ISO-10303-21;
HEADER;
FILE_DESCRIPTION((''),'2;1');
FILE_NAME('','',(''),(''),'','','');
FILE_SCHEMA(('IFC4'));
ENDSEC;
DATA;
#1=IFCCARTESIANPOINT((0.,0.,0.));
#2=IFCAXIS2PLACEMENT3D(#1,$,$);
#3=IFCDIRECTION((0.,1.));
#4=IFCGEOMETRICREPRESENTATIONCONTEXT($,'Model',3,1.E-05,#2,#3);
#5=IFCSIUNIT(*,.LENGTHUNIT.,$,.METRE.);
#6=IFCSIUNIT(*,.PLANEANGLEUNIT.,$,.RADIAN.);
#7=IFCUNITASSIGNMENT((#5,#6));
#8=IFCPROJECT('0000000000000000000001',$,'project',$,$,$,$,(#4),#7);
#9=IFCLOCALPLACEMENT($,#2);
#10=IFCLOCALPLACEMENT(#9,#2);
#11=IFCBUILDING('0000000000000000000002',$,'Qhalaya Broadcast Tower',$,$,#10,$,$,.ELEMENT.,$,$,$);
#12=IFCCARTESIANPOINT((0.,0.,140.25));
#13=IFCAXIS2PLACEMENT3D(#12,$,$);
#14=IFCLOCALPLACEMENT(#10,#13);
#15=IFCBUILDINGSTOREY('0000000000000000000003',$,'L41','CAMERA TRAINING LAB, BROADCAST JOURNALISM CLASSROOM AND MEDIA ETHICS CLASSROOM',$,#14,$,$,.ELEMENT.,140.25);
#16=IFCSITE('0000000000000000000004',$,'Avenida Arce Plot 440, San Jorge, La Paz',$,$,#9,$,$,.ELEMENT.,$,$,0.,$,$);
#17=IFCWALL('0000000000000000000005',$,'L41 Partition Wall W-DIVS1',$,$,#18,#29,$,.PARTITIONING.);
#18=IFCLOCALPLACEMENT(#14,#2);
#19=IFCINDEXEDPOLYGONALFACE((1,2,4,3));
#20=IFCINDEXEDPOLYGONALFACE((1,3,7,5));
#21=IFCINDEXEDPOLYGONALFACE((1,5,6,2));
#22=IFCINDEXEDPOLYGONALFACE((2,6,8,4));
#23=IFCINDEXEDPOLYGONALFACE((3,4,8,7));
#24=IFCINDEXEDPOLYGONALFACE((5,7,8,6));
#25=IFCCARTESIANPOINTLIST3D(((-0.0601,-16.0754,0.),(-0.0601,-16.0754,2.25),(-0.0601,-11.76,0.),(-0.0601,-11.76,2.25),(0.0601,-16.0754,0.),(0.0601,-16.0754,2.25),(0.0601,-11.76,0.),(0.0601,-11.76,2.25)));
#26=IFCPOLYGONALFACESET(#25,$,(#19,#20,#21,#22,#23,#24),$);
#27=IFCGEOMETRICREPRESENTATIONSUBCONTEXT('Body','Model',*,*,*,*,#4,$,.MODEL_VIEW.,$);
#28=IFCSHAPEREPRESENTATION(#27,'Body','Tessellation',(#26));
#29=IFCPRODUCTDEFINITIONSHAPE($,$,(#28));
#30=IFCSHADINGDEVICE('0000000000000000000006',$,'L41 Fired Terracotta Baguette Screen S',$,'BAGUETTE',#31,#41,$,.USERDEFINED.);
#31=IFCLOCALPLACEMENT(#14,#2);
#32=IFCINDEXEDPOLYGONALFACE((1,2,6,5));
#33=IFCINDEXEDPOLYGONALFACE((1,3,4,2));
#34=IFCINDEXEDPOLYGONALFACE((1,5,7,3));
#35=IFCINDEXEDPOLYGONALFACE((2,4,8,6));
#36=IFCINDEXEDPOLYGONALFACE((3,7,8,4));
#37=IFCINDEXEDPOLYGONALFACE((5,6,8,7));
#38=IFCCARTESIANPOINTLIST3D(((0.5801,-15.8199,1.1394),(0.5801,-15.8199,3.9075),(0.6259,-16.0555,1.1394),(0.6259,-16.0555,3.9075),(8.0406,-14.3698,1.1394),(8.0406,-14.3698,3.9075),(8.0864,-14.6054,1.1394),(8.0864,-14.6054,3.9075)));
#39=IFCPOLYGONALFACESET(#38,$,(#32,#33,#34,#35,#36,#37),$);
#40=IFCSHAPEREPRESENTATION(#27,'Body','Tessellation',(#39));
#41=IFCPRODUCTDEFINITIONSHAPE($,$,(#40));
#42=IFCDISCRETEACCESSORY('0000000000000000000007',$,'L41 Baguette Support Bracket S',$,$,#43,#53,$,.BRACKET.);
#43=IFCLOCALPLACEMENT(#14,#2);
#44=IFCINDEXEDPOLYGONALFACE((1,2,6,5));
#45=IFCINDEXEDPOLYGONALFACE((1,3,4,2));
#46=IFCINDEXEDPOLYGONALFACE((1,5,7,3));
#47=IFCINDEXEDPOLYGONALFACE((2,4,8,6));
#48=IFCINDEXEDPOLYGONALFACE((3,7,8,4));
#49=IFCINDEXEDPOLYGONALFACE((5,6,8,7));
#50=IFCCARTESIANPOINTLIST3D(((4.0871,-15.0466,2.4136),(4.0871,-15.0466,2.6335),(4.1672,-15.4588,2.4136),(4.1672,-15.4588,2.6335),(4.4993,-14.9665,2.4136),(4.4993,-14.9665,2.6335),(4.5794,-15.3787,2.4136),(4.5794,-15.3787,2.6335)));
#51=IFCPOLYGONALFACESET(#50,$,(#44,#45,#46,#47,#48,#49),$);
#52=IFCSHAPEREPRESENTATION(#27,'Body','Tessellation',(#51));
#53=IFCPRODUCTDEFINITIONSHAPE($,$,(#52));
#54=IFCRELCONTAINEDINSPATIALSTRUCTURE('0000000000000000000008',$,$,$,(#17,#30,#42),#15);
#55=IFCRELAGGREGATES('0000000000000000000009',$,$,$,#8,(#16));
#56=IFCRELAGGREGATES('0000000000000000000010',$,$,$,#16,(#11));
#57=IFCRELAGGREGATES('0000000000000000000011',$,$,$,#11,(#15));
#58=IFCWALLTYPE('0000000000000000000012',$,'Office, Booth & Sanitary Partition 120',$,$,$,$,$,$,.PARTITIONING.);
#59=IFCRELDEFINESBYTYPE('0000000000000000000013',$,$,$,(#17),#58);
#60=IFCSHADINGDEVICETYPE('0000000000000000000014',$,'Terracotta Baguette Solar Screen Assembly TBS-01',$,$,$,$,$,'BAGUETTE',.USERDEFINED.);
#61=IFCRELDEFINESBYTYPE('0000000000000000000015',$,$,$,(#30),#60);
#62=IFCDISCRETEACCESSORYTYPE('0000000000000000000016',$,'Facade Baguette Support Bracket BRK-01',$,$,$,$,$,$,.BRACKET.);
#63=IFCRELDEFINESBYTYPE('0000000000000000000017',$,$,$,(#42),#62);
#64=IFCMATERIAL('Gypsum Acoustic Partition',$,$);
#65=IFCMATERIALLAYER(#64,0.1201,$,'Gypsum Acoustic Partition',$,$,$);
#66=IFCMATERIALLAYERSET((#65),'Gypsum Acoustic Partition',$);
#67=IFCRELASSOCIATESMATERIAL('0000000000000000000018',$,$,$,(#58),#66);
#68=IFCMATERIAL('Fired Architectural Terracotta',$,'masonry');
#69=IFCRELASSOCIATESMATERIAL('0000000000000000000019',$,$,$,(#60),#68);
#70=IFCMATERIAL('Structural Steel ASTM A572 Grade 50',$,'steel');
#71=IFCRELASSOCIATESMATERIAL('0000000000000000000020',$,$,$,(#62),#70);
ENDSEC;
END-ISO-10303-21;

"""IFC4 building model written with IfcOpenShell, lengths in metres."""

from ifc_helpers import new_model, si_unit, direction, frame, frame_2d, origin, origin_2d, place, context, subcontext, project, spatial, rectangle, extrude, material, layer, layer_set, type_object, element, save


model = new_model("IFC4")

# Units and contexts
model_context = context("Model", 3, precision=1e-05, world=origin(), true_north=direction((0.0, 1.0)))
body_context = subcontext(model_context, "Body", "Model", "MODEL_VIEW")
ifc_project = project(units=[si_unit("LENGTHUNIT", "METRE"), si_unit("PLANEANGLEUNIT", "RADIAN")], contexts=[model_context])

# Site, building, storey
site_placement = place(None, origin())
site = spatial("IfcSite", under=ifc_project, at=site_placement, Name="Avenida Arce Plot 440, San Jorge, La Paz", CompositionType="ELEMENT", RefElevation=0.0)
building_placement = place(site_placement, origin())
building = spatial("IfcBuilding", under=site, at=building_placement, Name="Qhalaya Broadcast Tower", CompositionType="ELEMENT")
storey_placement = place(building_placement, frame((0.0, 0.0, 140.25)))
storey = spatial("IfcBuildingStorey", under=building, at=storey_placement, Name="L41", Description="CAMERA TRAINING LAB, BROADCAST JOURNALISM CLASSROOM AND MEDIA ETHICS CLASSROOM", CompositionType="ELEMENT", Elevation=140.25)

# Shared definitions
ifc_material_1 = material(Name="Structural Steel ASTM A572 Grade 50", Category="steel")

# Shared definitions
ifc_material_2 = material(Name="Fired Architectural Terracotta", Category="masonry")

# Shared definitions
ifc_material_3 = material(Name="Gypsum Acoustic Partition")

# Wall
ifc_layer_1 = layer(ifc_material_3, 0.1201, Name="Gypsum Acoustic Partition")
ifc_layer_set_1 = layer_set([ifc_layer_1], Name="Gypsum Acoustic Partition")
wall_type_1 = type_object("IfcWallType", Name="Office, Booth & Sanitary Partition 120", PredefinedType="PARTITIONING", material=ifc_layer_set_1)
wall_1_placement = place(storey_placement, frame((0.0, -16.0754, 0.0), z_axis=(0.0, 0.0, 1.0), x_axis=(0.0, 1.0, 0.0)))
element("IfcWall", 1, at=wall_1_placement, inside=storey, type_object=wall_type_1, Name="L41 Partition Wall W-DIVS1", PredefinedType="PARTITIONING", context=body_context, shape_type="SweptSolid", body=[
    extrude(rectangle(XDim=4.3154, YDim=0.1201, at=frame_2d((2.1577, 0.0))), origin(), (0.0, 0.0, 1.0), 2.25),
])

# Shading device
shading_device_type = type_object("IfcShadingDeviceType", Name="Terracotta Baguette Solar Screen Assembly TBS-01", ElementType="BAGUETTE", PredefinedType="USERDEFINED", material=ifc_material_2)
shading_device_placement = place(storey_placement, frame((4.3333, -15.2126, 1.1394), z_axis=(0.0, 0.0, 1.0), x_axis=(0.981627, 0.190809, 0.0)))
element("IfcShadingDevice", 2, at=shading_device_placement, inside=storey, type_object=shading_device_type, Name="L41 Fired Terracotta Baguette Screen S", ObjectType="BAGUETTE", PredefinedType="USERDEFINED", context=body_context, shape_type="SweptSolid", body=[
    extrude(rectangle(XDim=7.6001, YDim=0.24, at=origin_2d()), origin(), (0.0, 0.0, 1.0), 2.7681),
])

# Discrete accessory
discrete_accessory_type = type_object("IfcDiscreteAccessoryType", Name="Facade Baguette Support Bracket BRK-01", PredefinedType="BRACKET", material=ifc_material_1)
discrete_accessory_placement = place(storey_placement, frame((4.3333, -15.2126, 2.4136), z_axis=(0.0, 0.0, 1.0), x_axis=(0.981627, 0.190809, 0.0)))
element("IfcDiscreteAccessory", 3, at=discrete_accessory_placement, inside=storey, type_object=discrete_accessory_type, Name="L41 Baguette Support Bracket S", PredefinedType="BRACKET", context=body_context, shape_type="SweptSolid", body=[
    extrude(rectangle(XDim=0.4199, YDim=0.4199, at=origin_2d()), origin(), (0.0, 0.0, 1.0), 0.22),
])

save(model, "model.ifc")
